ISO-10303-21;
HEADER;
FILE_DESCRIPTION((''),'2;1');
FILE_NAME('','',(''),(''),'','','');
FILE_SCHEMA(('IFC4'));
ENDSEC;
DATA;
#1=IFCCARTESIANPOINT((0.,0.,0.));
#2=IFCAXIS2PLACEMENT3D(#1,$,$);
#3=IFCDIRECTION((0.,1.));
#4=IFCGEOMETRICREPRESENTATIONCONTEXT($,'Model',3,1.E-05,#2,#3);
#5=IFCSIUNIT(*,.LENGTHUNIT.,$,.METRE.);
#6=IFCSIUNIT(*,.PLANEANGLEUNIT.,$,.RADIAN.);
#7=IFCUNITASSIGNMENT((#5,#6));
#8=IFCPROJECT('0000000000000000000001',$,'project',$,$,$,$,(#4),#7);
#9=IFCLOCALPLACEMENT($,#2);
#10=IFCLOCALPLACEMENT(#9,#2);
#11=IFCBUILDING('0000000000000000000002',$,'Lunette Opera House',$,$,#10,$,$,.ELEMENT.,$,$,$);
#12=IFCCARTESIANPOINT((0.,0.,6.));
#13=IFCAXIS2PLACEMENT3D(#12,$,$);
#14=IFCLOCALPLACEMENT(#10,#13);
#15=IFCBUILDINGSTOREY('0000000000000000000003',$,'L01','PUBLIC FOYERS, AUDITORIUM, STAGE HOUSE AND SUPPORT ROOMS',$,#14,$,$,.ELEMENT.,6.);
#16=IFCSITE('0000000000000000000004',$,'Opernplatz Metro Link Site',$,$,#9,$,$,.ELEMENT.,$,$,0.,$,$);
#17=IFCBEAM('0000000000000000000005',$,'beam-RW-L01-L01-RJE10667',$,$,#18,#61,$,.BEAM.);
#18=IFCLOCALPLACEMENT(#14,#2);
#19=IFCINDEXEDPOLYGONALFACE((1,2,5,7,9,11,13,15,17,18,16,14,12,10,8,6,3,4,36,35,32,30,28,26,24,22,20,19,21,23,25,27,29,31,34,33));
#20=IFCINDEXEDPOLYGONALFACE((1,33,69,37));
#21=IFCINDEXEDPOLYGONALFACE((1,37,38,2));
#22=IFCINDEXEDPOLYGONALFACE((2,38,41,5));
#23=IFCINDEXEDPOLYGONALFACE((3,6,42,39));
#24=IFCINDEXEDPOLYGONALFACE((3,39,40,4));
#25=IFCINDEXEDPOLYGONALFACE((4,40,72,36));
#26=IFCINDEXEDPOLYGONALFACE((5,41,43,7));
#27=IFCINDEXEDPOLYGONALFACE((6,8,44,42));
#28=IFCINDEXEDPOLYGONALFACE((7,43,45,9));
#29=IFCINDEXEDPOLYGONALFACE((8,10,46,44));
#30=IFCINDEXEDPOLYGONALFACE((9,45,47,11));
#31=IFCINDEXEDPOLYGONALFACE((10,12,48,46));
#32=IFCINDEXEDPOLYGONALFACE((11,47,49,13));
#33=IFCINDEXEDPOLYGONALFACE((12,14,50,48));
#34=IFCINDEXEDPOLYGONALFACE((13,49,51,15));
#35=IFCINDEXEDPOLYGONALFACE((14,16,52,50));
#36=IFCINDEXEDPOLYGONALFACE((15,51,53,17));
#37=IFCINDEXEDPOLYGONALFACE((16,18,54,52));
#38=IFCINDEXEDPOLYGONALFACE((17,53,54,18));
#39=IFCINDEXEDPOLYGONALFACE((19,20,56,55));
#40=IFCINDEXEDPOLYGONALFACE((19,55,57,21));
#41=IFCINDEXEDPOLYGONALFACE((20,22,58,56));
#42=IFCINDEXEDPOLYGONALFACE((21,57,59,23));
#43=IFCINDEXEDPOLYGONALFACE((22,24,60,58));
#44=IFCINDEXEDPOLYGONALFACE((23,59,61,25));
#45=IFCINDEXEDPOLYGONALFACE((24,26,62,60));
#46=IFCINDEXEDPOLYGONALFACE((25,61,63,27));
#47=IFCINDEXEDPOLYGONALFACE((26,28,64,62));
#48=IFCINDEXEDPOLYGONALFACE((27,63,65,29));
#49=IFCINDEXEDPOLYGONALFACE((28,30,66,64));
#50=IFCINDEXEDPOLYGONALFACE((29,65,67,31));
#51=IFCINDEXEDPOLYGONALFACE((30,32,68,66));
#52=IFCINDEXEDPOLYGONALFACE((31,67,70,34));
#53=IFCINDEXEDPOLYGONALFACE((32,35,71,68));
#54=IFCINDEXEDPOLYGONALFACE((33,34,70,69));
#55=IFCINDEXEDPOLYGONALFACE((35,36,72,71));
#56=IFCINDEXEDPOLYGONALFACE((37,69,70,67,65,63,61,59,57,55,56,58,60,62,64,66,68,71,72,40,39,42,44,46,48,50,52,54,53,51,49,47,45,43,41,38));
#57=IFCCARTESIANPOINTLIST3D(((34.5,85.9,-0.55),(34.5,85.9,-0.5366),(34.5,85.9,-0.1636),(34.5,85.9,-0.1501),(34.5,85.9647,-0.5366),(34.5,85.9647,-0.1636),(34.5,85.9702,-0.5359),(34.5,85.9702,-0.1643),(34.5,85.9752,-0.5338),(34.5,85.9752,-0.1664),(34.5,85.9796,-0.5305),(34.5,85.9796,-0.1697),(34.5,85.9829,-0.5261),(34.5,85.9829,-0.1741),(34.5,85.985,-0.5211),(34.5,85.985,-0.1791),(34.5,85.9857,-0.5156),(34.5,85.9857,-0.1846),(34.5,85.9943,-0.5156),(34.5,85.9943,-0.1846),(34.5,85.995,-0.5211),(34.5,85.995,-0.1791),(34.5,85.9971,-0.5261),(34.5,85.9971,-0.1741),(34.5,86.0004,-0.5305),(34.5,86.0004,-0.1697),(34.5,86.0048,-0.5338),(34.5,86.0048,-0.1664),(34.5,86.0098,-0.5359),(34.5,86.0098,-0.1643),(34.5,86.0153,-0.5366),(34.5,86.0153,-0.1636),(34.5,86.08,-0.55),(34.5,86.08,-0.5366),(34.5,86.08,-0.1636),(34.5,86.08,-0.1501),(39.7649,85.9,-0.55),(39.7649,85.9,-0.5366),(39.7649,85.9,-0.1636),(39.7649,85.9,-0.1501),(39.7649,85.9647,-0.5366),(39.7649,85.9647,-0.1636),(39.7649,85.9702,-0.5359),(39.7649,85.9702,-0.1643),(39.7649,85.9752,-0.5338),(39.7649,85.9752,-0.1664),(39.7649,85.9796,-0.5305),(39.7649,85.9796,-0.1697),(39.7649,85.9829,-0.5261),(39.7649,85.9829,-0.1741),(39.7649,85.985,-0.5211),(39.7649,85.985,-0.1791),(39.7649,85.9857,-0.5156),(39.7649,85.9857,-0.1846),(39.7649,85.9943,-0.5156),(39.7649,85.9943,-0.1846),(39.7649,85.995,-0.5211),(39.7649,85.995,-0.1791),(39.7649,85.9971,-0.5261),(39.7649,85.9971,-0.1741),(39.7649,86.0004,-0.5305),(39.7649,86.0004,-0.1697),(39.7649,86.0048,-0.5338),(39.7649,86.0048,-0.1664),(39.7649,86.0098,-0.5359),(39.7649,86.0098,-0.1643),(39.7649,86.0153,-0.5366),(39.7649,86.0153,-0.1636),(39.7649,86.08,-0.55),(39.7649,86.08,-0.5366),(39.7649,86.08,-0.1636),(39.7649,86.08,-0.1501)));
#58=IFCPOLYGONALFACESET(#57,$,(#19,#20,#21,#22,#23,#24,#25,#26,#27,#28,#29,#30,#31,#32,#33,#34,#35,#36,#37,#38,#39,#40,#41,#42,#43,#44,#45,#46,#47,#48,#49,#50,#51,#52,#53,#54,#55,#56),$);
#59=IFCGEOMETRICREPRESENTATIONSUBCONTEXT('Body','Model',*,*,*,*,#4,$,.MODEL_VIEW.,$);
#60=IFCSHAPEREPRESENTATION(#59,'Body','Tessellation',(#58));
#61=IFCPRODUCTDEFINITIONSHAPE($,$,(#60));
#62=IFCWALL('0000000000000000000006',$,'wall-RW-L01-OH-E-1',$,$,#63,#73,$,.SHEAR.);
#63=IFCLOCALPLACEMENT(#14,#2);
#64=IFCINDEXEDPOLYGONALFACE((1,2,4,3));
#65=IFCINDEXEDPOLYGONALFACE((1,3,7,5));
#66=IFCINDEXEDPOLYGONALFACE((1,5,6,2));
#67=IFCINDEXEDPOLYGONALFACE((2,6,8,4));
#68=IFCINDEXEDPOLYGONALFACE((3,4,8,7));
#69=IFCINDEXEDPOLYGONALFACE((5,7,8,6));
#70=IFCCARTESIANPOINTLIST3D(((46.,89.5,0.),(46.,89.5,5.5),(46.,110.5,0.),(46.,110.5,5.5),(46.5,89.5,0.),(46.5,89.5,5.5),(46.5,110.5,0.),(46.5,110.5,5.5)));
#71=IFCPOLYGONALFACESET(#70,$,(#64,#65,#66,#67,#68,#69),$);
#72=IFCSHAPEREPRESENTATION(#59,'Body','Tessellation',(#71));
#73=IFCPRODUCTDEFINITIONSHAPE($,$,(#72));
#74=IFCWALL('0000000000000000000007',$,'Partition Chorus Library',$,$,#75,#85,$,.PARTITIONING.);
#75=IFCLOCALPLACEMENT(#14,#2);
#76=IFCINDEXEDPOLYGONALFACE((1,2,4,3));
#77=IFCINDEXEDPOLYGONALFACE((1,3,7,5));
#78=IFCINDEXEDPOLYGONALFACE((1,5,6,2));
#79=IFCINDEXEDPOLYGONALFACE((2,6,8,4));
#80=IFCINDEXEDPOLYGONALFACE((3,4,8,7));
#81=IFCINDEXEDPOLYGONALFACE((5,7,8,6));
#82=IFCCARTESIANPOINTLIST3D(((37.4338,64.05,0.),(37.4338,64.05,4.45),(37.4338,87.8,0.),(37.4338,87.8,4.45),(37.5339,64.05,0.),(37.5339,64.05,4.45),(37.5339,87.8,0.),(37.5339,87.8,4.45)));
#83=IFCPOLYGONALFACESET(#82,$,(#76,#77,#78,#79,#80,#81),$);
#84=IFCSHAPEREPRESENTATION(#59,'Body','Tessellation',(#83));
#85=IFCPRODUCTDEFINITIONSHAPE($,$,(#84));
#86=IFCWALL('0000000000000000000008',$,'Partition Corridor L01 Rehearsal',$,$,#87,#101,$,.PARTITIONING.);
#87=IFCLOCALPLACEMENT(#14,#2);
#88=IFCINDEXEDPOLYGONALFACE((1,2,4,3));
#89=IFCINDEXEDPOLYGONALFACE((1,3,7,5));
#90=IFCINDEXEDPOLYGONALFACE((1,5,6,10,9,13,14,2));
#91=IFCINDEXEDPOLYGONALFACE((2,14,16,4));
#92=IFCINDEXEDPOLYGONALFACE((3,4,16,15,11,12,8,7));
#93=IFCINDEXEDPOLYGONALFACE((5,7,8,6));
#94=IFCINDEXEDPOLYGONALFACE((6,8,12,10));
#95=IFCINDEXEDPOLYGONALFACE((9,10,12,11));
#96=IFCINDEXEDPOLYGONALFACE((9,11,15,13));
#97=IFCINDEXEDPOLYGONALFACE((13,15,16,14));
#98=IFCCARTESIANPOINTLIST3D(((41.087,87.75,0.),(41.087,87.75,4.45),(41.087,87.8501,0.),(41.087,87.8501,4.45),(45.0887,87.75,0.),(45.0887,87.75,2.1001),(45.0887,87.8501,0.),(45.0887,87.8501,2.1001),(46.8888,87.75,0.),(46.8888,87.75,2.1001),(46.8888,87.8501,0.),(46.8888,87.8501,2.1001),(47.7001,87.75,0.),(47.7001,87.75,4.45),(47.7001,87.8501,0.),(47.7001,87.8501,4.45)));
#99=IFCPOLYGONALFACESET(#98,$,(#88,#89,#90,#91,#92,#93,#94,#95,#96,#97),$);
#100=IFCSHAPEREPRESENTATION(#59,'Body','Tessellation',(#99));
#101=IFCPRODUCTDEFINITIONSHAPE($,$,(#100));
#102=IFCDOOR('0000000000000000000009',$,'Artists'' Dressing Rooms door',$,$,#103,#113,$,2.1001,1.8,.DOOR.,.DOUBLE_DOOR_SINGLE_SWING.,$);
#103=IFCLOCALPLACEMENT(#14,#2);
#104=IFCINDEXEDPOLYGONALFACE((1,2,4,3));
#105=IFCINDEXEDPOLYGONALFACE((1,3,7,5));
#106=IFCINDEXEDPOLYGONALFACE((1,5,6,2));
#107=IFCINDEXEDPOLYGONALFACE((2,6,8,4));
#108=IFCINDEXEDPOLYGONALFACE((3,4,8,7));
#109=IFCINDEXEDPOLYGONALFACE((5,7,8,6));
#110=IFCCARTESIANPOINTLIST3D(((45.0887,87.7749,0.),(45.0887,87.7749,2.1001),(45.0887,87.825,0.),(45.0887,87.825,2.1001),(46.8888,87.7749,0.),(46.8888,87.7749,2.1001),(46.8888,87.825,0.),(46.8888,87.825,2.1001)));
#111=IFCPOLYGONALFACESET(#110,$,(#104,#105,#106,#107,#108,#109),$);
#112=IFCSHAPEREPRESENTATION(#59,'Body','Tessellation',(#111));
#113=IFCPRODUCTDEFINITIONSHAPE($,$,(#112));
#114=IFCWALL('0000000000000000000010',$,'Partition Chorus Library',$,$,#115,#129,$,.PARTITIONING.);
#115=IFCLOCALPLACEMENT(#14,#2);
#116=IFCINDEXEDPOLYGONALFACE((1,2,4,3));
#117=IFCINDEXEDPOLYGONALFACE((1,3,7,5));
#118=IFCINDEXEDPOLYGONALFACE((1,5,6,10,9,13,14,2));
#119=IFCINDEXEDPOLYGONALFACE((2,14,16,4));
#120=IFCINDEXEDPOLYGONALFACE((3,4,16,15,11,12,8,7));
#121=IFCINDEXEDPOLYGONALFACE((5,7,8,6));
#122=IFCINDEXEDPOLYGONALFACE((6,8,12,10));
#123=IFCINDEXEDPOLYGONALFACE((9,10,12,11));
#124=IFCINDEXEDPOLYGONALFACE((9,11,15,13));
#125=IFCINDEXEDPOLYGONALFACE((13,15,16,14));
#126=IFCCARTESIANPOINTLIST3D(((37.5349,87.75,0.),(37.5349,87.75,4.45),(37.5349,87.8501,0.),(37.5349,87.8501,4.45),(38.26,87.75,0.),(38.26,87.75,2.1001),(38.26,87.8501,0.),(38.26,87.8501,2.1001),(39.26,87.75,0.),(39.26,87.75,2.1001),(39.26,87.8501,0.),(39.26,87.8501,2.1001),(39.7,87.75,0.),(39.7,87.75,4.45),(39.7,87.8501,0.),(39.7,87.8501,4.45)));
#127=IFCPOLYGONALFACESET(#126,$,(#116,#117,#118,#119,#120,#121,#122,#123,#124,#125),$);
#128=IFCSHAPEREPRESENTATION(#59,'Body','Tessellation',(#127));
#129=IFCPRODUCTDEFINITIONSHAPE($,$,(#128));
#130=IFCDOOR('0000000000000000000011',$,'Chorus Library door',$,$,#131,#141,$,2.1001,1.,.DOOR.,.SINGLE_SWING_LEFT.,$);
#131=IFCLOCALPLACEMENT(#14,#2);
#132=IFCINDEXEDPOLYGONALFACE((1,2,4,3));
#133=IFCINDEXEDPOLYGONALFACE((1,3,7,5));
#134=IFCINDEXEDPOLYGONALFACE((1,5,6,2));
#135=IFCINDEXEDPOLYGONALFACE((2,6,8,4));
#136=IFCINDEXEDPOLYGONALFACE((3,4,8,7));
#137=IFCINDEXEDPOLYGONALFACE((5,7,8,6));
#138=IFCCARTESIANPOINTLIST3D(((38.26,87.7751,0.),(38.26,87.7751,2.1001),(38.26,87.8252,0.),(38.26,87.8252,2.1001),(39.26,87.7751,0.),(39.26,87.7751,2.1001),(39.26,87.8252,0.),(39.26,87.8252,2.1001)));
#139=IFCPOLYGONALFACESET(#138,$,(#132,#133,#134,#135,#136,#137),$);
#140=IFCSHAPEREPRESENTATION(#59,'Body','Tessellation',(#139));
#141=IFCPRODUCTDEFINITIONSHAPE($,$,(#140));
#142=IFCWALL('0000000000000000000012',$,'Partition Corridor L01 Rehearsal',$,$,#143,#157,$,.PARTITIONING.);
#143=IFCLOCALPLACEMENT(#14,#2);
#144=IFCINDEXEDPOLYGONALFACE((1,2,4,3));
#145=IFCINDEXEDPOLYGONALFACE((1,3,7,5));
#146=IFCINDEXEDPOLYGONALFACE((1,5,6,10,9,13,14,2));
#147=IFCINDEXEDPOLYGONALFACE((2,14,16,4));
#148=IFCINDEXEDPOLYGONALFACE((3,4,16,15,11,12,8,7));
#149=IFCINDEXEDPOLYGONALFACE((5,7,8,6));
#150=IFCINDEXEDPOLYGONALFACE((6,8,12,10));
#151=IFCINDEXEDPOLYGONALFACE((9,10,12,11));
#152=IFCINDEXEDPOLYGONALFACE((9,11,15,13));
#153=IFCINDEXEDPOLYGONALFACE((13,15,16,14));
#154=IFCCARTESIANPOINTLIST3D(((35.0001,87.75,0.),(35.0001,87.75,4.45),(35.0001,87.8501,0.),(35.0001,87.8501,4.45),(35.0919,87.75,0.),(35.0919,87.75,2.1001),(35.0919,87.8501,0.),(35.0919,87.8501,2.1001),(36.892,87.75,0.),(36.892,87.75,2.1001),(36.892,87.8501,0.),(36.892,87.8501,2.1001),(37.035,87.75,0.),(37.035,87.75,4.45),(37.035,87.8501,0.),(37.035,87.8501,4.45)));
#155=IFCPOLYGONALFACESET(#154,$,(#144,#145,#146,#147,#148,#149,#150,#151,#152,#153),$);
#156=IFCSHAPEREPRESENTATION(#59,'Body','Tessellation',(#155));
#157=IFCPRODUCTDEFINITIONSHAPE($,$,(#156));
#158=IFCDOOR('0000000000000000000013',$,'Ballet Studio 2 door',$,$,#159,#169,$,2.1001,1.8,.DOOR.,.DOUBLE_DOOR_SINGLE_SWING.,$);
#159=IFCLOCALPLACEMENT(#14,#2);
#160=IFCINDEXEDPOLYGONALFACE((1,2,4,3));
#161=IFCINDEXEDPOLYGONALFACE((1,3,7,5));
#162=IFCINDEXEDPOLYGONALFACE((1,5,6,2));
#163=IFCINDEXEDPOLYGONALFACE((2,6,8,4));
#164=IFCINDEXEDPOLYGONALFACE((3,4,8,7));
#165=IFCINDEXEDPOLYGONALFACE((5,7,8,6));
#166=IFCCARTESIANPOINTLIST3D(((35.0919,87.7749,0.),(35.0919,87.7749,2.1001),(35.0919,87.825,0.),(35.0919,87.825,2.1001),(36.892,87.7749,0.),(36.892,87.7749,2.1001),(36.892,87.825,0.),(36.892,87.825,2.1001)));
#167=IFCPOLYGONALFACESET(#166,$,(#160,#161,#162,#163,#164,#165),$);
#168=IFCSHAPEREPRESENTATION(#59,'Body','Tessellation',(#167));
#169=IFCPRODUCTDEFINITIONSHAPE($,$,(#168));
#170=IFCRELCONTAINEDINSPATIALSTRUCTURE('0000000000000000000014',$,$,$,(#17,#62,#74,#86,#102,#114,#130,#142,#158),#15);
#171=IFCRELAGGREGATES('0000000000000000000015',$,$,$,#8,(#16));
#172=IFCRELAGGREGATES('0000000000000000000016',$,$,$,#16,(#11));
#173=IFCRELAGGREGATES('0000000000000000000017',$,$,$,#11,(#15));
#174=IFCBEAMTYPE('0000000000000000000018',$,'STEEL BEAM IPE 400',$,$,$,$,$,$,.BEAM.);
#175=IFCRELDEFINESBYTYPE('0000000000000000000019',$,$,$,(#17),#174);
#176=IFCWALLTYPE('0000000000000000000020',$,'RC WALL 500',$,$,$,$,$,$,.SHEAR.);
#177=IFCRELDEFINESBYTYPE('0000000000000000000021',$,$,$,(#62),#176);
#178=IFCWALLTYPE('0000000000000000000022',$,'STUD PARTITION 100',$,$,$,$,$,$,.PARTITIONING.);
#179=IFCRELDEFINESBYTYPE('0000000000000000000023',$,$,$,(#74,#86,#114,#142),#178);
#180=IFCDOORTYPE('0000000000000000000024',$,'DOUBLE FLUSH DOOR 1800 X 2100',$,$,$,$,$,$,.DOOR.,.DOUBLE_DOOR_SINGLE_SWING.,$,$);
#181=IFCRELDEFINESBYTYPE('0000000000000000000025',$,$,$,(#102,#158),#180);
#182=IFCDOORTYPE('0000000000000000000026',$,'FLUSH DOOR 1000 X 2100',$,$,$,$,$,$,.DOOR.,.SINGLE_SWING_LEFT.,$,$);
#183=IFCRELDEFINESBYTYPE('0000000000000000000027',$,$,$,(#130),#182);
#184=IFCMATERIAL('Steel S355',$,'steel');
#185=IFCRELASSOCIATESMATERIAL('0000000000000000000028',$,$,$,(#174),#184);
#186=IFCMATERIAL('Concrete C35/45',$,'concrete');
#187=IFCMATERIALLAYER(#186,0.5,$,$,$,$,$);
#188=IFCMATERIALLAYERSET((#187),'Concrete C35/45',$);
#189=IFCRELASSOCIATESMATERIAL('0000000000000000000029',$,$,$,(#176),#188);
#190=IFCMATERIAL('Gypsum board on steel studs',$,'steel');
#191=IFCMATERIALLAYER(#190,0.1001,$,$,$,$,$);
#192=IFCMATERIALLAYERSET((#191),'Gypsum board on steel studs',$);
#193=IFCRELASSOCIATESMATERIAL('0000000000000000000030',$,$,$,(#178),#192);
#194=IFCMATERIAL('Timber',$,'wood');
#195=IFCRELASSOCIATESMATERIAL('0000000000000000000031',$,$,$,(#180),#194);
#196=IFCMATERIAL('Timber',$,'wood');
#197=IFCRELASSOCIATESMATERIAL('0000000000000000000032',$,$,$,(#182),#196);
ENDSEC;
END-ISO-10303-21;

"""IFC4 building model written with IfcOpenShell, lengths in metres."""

from ifc_helpers import new_model, si_unit, direction, frame, frame_2d, origin, origin_2d, place, context, subcontext, project, spatial, rectangle, i_section, extrude, material, layer, layer_set, material_profile, profile_set, type_object, element, fill, save


model = new_model("IFC4")

# Units and contexts
model_context = context("Model", 3, precision=1e-05, world=origin(), true_north=direction((0.0, 1.0)))
body_context = subcontext(model_context, "Body", "Model", "MODEL_VIEW")
ifc_project = project(units=[si_unit("LENGTHUNIT", "METRE"), si_unit("PLANEANGLEUNIT", "RADIAN")], contexts=[model_context])

# Site, building, storey
site_placement = place(None, origin())
site = spatial("IfcSite", under=ifc_project, at=site_placement, Name="Opernplatz Metro Link Site", CompositionType="ELEMENT", RefElevation=0.0)
building_placement = place(site_placement, origin())
building = spatial("IfcBuilding", under=site, at=building_placement, Name="Lunette Opera House", CompositionType="ELEMENT")
storey_placement = place(building_placement, frame((0.0, 0.0, 6.0)))
storey = spatial("IfcBuildingStorey", under=building, at=storey_placement, Name="L01", Description="PUBLIC FOYERS, AUDITORIUM, STAGE HOUSE AND SUPPORT ROOMS", CompositionType="ELEMENT", Elevation=6.0)

# Beam
ifc_material_1 = material(Name="Steel S355", Category="steel")
ifc_material_profile_1 = material_profile(ifc_material_1, i_section(OverallWidth=0.1799, OverallDepth=0.3999, WebThickness=0.0085, FlangeThickness=0.0134, FilletRadius=0.021, at=origin_2d()), Name="IPE 400")
ifc_profile_set_1 = profile_set([ifc_material_profile_1], Name="Steel S355")
beam_type_1 = type_object("IfcBeamType", Name="STEEL BEAM IPE 400", PredefinedType="BEAM", material=ifc_profile_set_1)
for number, where, z_axis, x_axis, name in (
    (1, (34.5, 85.99, -0.3501), (1.0, 0.0, 0.0), (0.0, 1.0, 0.0), "beam-RW-L01-L01-RJE10667"),
):
    element("IfcBeam", number, at=place(storey_placement, frame(where, z_axis=z_axis, x_axis=x_axis)), inside=storey, type_object=beam_type_1, Name=name, PredefinedType="BEAM", context=body_context, shape_type="SweptSolid", body=[
        extrude(i_section(OverallWidth=0.1799, OverallDepth=0.3999, WebThickness=0.0085, FlangeThickness=0.0134, FilletRadius=0.021, at=origin_2d()), origin(), (0.0, 0.0, 1.0), 5.2649),
    ])

# Walls
ifc_material_2 = material(Name="Concrete C35/45", Category="concrete")
ifc_layer_1 = layer(ifc_material_2, 0.5)
ifc_layer_set_1 = layer_set([ifc_layer_1], Name="Concrete C35/45")
wall_type_1 = type_object("IfcWallType", Name="RC WALL 500", PredefinedType="SHEAR", material=ifc_layer_set_1)
wall_1_placement = place(storey_placement, frame((46.25, 89.5, 0.0), z_axis=(0.0, 0.0, 1.0), x_axis=(0.0, 1.0, 0.0)))
element("IfcWall", 2, at=wall_1_placement, inside=storey, type_object=wall_type_1, Name="wall-RW-L01-OH-E-1", PredefinedType="SHEAR", context=body_context, shape_type="SweptSolid", body=[
    extrude(rectangle(XDim=21.0, YDim=0.5, at=frame_2d((10.5, 0.0))), origin(), (0.0, 0.0, 1.0), 5.5),
])
ifc_material_3 = material(Name="Gypsum board on steel studs", Category="steel")
ifc_layer_2 = layer(ifc_material_3, 0.1001)
ifc_layer_set_2 = layer_set([ifc_layer_2], Name="Gypsum board on steel studs")
wall_type_2 = type_object("IfcWallType", Name="STUD PARTITION 100", PredefinedType="PARTITIONING", material=ifc_layer_set_2)
wall_2_placement = place(storey_placement, frame((37.4839, 87.8, 0.0), z_axis=(0.0, 0.0, 1.0), x_axis=(0.0, -1.0, 0.0)))
element("IfcWall", 3, at=wall_2_placement, inside=storey, type_object=wall_type_2, Name="Partition Chorus Library", PredefinedType="PARTITIONING", context=body_context, shape_type="SweptSolid", body=[
    extrude(rectangle(XDim=23.75, YDim=0.1001, at=frame_2d((11.875, 0.0))), origin(), (0.0, 0.0, 1.0), 4.45),
])

# Walls, openings, doors
wall_3_placement = place(storey_placement, frame((41.0869, 87.8, 0.0), z_axis=(0.0, 0.0, 1.0), x_axis=(1.0, 0.0, 0.0)))
wall_3 = element("IfcWall", 4, at=wall_3_placement, inside=storey, type_object=wall_type_2, Name="Partition Corridor L01 Rehearsal", PredefinedType="PARTITIONING", context=body_context, shape_type="SweptSolid", body=[
    extrude(rectangle(XDim=6.613, YDim=0.1001, at=frame_2d((3.3066, 0.0))), origin(), (0.0, 0.0, 1.0), 4.45),
])
opening_1_placement = place(wall_3_placement, frame((4.002, 0.0, 0.0)))
opening_1 = element("IfcOpeningElement", 5, at=opening_1_placement, cuts=wall_3, PredefinedType="OPENING", context=body_context, shape_type="SweptSolid", body=[
    extrude(rectangle(XDim=1.8, YDim=2.1001, at=frame_2d((0.8999, 1.05))), frame((0.0, 0.062, 0.0), z_axis=(0.0, -1.0, 0.0), x_axis=(1.0, 0.0, 0.0)), (0.0, 0.0, 1.0), 0.124),
])
ifc_material_4 = material(Name="Timber", Category="wood")
door_type_1 = type_object("IfcDoorType", Name="DOUBLE FLUSH DOOR 1800 X 2100", OperationType="DOUBLE_DOOR_SINGLE_SWING", PredefinedType="DOOR", material=ifc_material_4)
door_1_placement = place(opening_1_placement, origin())
door_1 = element("IfcDoor", 6, at=door_1_placement, inside=storey, type_object=door_type_1, Name="Artists' Dressing Rooms door", OperationType="DOUBLE_DOOR_SINGLE_SWING", OverallHeight=2.1001, OverallWidth=1.8, PredefinedType="DOOR", context=body_context, shape_type="SweptSolid", body=[
    extrude(rectangle(XDim=1.8, YDim=2.1001, at=frame_2d((0.8999, 1.05))), frame((0.0, 0.0249, 0.0), z_axis=(0.0, -1.0, 0.0), x_axis=(1.0, 0.0, 0.0)), (0.0, 0.0, 1.0), 0.05),
])
fill(opening_1, door_1)
wall_4_placement = place(storey_placement, frame((39.7, 87.8, 0.0), z_axis=(0.0, 0.0, 1.0), x_axis=(-1.0, 0.0, 0.0)))
wall_4 = element("IfcWall", 7, at=wall_4_placement, inside=storey, type_object=wall_type_2, Name="Partition Chorus Library", PredefinedType="PARTITIONING", context=body_context, shape_type="SweptSolid", body=[
    extrude(rectangle(XDim=2.165, YDim=0.1001, at=frame_2d((1.0825, 0.0))), origin(), (0.0, 0.0, 1.0), 4.45),
])
opening_2_placement = place(wall_4_placement, frame((0.4399, 0.0, 0.0)))
opening_2 = element("IfcOpeningElement", 8, at=opening_2_placement, cuts=wall_4, PredefinedType="OPENING", context=body_context, shape_type="SweptSolid", body=[
    extrude(rectangle(XDim=1.0, YDim=2.1001, at=frame_2d((0.5, 1.05))), frame((0.0, 0.062, 0.0), z_axis=(0.0, -1.0, 0.0), x_axis=(1.0, 0.0, 0.0)), (0.0, 0.0, 1.0), 0.124),
])
ifc_material_5 = material(Name="Timber", Category="wood")
door_type_2 = type_object("IfcDoorType", Name="FLUSH DOOR 1000 X 2100", OperationType="SINGLE_SWING_LEFT", PredefinedType="DOOR", material=ifc_material_5)
door_2_placement = place(opening_2_placement, origin())
door_2 = element("IfcDoor", 9, at=door_2_placement, inside=storey, type_object=door_type_2, Name="Chorus Library door", OperationType="SINGLE_SWING_LEFT", OverallHeight=2.1001, OverallWidth=1.0, PredefinedType="DOOR", context=body_context, shape_type="SweptSolid", body=[
    extrude(rectangle(XDim=1.0, YDim=2.1001, at=frame_2d((0.5, 1.05))), frame((0.0, 0.0249, 0.0), z_axis=(0.0, -1.0, 0.0), x_axis=(1.0, 0.0, 0.0)), (0.0, 0.0, 1.0), 0.05),
])
fill(opening_2, door_2)
wall_5_placement = place(storey_placement, frame((35.0, 87.8, 0.0), z_axis=(0.0, 0.0, 1.0), x_axis=(1.0, 0.0, 0.0)))
wall_5 = element("IfcWall", 10, at=wall_5_placement, inside=storey, type_object=wall_type_2, Name="Partition Corridor L01 Rehearsal", PredefinedType="PARTITIONING", context=body_context, shape_type="SweptSolid", body=[
    extrude(rectangle(XDim=2.0349, YDim=0.1001, at=frame_2d((1.0176, 0.0))), origin(), (0.0, 0.0, 1.0), 4.45),
])
opening_3_placement = place(wall_5_placement, frame((0.092, 0.0, 0.0)))
opening_3 = element("IfcOpeningElement", 11, at=opening_3_placement, cuts=wall_5, PredefinedType="OPENING", context=body_context, shape_type="SweptSolid", body=[
    extrude(rectangle(XDim=1.8, YDim=2.1001, at=frame_2d((0.8999, 1.05))), frame((0.0, 0.062, 0.0), z_axis=(0.0, -1.0, 0.0), x_axis=(1.0, 0.0, 0.0)), (0.0, 0.0, 1.0), 0.124),
])
door_3_placement = place(opening_3_placement, origin())
door_3 = element("IfcDoor", 12, at=door_3_placement, inside=storey, type_object=door_type_1, Name="Ballet Studio 2 door", OperationType="DOUBLE_DOOR_SINGLE_SWING", OverallHeight=2.1001, OverallWidth=1.8, PredefinedType="DOOR", context=body_context, shape_type="SweptSolid", body=[
    extrude(rectangle(XDim=1.8, YDim=2.1001, at=frame_2d((0.8999, 1.05))), frame((0.0, 0.0249, 0.0), z_axis=(0.0, -1.0, 0.0), x_axis=(1.0, 0.0, 0.0)), (0.0, 0.0, 1.0), 0.05),
])
fill(opening_3, door_3)

save(model, "model.ifc")
